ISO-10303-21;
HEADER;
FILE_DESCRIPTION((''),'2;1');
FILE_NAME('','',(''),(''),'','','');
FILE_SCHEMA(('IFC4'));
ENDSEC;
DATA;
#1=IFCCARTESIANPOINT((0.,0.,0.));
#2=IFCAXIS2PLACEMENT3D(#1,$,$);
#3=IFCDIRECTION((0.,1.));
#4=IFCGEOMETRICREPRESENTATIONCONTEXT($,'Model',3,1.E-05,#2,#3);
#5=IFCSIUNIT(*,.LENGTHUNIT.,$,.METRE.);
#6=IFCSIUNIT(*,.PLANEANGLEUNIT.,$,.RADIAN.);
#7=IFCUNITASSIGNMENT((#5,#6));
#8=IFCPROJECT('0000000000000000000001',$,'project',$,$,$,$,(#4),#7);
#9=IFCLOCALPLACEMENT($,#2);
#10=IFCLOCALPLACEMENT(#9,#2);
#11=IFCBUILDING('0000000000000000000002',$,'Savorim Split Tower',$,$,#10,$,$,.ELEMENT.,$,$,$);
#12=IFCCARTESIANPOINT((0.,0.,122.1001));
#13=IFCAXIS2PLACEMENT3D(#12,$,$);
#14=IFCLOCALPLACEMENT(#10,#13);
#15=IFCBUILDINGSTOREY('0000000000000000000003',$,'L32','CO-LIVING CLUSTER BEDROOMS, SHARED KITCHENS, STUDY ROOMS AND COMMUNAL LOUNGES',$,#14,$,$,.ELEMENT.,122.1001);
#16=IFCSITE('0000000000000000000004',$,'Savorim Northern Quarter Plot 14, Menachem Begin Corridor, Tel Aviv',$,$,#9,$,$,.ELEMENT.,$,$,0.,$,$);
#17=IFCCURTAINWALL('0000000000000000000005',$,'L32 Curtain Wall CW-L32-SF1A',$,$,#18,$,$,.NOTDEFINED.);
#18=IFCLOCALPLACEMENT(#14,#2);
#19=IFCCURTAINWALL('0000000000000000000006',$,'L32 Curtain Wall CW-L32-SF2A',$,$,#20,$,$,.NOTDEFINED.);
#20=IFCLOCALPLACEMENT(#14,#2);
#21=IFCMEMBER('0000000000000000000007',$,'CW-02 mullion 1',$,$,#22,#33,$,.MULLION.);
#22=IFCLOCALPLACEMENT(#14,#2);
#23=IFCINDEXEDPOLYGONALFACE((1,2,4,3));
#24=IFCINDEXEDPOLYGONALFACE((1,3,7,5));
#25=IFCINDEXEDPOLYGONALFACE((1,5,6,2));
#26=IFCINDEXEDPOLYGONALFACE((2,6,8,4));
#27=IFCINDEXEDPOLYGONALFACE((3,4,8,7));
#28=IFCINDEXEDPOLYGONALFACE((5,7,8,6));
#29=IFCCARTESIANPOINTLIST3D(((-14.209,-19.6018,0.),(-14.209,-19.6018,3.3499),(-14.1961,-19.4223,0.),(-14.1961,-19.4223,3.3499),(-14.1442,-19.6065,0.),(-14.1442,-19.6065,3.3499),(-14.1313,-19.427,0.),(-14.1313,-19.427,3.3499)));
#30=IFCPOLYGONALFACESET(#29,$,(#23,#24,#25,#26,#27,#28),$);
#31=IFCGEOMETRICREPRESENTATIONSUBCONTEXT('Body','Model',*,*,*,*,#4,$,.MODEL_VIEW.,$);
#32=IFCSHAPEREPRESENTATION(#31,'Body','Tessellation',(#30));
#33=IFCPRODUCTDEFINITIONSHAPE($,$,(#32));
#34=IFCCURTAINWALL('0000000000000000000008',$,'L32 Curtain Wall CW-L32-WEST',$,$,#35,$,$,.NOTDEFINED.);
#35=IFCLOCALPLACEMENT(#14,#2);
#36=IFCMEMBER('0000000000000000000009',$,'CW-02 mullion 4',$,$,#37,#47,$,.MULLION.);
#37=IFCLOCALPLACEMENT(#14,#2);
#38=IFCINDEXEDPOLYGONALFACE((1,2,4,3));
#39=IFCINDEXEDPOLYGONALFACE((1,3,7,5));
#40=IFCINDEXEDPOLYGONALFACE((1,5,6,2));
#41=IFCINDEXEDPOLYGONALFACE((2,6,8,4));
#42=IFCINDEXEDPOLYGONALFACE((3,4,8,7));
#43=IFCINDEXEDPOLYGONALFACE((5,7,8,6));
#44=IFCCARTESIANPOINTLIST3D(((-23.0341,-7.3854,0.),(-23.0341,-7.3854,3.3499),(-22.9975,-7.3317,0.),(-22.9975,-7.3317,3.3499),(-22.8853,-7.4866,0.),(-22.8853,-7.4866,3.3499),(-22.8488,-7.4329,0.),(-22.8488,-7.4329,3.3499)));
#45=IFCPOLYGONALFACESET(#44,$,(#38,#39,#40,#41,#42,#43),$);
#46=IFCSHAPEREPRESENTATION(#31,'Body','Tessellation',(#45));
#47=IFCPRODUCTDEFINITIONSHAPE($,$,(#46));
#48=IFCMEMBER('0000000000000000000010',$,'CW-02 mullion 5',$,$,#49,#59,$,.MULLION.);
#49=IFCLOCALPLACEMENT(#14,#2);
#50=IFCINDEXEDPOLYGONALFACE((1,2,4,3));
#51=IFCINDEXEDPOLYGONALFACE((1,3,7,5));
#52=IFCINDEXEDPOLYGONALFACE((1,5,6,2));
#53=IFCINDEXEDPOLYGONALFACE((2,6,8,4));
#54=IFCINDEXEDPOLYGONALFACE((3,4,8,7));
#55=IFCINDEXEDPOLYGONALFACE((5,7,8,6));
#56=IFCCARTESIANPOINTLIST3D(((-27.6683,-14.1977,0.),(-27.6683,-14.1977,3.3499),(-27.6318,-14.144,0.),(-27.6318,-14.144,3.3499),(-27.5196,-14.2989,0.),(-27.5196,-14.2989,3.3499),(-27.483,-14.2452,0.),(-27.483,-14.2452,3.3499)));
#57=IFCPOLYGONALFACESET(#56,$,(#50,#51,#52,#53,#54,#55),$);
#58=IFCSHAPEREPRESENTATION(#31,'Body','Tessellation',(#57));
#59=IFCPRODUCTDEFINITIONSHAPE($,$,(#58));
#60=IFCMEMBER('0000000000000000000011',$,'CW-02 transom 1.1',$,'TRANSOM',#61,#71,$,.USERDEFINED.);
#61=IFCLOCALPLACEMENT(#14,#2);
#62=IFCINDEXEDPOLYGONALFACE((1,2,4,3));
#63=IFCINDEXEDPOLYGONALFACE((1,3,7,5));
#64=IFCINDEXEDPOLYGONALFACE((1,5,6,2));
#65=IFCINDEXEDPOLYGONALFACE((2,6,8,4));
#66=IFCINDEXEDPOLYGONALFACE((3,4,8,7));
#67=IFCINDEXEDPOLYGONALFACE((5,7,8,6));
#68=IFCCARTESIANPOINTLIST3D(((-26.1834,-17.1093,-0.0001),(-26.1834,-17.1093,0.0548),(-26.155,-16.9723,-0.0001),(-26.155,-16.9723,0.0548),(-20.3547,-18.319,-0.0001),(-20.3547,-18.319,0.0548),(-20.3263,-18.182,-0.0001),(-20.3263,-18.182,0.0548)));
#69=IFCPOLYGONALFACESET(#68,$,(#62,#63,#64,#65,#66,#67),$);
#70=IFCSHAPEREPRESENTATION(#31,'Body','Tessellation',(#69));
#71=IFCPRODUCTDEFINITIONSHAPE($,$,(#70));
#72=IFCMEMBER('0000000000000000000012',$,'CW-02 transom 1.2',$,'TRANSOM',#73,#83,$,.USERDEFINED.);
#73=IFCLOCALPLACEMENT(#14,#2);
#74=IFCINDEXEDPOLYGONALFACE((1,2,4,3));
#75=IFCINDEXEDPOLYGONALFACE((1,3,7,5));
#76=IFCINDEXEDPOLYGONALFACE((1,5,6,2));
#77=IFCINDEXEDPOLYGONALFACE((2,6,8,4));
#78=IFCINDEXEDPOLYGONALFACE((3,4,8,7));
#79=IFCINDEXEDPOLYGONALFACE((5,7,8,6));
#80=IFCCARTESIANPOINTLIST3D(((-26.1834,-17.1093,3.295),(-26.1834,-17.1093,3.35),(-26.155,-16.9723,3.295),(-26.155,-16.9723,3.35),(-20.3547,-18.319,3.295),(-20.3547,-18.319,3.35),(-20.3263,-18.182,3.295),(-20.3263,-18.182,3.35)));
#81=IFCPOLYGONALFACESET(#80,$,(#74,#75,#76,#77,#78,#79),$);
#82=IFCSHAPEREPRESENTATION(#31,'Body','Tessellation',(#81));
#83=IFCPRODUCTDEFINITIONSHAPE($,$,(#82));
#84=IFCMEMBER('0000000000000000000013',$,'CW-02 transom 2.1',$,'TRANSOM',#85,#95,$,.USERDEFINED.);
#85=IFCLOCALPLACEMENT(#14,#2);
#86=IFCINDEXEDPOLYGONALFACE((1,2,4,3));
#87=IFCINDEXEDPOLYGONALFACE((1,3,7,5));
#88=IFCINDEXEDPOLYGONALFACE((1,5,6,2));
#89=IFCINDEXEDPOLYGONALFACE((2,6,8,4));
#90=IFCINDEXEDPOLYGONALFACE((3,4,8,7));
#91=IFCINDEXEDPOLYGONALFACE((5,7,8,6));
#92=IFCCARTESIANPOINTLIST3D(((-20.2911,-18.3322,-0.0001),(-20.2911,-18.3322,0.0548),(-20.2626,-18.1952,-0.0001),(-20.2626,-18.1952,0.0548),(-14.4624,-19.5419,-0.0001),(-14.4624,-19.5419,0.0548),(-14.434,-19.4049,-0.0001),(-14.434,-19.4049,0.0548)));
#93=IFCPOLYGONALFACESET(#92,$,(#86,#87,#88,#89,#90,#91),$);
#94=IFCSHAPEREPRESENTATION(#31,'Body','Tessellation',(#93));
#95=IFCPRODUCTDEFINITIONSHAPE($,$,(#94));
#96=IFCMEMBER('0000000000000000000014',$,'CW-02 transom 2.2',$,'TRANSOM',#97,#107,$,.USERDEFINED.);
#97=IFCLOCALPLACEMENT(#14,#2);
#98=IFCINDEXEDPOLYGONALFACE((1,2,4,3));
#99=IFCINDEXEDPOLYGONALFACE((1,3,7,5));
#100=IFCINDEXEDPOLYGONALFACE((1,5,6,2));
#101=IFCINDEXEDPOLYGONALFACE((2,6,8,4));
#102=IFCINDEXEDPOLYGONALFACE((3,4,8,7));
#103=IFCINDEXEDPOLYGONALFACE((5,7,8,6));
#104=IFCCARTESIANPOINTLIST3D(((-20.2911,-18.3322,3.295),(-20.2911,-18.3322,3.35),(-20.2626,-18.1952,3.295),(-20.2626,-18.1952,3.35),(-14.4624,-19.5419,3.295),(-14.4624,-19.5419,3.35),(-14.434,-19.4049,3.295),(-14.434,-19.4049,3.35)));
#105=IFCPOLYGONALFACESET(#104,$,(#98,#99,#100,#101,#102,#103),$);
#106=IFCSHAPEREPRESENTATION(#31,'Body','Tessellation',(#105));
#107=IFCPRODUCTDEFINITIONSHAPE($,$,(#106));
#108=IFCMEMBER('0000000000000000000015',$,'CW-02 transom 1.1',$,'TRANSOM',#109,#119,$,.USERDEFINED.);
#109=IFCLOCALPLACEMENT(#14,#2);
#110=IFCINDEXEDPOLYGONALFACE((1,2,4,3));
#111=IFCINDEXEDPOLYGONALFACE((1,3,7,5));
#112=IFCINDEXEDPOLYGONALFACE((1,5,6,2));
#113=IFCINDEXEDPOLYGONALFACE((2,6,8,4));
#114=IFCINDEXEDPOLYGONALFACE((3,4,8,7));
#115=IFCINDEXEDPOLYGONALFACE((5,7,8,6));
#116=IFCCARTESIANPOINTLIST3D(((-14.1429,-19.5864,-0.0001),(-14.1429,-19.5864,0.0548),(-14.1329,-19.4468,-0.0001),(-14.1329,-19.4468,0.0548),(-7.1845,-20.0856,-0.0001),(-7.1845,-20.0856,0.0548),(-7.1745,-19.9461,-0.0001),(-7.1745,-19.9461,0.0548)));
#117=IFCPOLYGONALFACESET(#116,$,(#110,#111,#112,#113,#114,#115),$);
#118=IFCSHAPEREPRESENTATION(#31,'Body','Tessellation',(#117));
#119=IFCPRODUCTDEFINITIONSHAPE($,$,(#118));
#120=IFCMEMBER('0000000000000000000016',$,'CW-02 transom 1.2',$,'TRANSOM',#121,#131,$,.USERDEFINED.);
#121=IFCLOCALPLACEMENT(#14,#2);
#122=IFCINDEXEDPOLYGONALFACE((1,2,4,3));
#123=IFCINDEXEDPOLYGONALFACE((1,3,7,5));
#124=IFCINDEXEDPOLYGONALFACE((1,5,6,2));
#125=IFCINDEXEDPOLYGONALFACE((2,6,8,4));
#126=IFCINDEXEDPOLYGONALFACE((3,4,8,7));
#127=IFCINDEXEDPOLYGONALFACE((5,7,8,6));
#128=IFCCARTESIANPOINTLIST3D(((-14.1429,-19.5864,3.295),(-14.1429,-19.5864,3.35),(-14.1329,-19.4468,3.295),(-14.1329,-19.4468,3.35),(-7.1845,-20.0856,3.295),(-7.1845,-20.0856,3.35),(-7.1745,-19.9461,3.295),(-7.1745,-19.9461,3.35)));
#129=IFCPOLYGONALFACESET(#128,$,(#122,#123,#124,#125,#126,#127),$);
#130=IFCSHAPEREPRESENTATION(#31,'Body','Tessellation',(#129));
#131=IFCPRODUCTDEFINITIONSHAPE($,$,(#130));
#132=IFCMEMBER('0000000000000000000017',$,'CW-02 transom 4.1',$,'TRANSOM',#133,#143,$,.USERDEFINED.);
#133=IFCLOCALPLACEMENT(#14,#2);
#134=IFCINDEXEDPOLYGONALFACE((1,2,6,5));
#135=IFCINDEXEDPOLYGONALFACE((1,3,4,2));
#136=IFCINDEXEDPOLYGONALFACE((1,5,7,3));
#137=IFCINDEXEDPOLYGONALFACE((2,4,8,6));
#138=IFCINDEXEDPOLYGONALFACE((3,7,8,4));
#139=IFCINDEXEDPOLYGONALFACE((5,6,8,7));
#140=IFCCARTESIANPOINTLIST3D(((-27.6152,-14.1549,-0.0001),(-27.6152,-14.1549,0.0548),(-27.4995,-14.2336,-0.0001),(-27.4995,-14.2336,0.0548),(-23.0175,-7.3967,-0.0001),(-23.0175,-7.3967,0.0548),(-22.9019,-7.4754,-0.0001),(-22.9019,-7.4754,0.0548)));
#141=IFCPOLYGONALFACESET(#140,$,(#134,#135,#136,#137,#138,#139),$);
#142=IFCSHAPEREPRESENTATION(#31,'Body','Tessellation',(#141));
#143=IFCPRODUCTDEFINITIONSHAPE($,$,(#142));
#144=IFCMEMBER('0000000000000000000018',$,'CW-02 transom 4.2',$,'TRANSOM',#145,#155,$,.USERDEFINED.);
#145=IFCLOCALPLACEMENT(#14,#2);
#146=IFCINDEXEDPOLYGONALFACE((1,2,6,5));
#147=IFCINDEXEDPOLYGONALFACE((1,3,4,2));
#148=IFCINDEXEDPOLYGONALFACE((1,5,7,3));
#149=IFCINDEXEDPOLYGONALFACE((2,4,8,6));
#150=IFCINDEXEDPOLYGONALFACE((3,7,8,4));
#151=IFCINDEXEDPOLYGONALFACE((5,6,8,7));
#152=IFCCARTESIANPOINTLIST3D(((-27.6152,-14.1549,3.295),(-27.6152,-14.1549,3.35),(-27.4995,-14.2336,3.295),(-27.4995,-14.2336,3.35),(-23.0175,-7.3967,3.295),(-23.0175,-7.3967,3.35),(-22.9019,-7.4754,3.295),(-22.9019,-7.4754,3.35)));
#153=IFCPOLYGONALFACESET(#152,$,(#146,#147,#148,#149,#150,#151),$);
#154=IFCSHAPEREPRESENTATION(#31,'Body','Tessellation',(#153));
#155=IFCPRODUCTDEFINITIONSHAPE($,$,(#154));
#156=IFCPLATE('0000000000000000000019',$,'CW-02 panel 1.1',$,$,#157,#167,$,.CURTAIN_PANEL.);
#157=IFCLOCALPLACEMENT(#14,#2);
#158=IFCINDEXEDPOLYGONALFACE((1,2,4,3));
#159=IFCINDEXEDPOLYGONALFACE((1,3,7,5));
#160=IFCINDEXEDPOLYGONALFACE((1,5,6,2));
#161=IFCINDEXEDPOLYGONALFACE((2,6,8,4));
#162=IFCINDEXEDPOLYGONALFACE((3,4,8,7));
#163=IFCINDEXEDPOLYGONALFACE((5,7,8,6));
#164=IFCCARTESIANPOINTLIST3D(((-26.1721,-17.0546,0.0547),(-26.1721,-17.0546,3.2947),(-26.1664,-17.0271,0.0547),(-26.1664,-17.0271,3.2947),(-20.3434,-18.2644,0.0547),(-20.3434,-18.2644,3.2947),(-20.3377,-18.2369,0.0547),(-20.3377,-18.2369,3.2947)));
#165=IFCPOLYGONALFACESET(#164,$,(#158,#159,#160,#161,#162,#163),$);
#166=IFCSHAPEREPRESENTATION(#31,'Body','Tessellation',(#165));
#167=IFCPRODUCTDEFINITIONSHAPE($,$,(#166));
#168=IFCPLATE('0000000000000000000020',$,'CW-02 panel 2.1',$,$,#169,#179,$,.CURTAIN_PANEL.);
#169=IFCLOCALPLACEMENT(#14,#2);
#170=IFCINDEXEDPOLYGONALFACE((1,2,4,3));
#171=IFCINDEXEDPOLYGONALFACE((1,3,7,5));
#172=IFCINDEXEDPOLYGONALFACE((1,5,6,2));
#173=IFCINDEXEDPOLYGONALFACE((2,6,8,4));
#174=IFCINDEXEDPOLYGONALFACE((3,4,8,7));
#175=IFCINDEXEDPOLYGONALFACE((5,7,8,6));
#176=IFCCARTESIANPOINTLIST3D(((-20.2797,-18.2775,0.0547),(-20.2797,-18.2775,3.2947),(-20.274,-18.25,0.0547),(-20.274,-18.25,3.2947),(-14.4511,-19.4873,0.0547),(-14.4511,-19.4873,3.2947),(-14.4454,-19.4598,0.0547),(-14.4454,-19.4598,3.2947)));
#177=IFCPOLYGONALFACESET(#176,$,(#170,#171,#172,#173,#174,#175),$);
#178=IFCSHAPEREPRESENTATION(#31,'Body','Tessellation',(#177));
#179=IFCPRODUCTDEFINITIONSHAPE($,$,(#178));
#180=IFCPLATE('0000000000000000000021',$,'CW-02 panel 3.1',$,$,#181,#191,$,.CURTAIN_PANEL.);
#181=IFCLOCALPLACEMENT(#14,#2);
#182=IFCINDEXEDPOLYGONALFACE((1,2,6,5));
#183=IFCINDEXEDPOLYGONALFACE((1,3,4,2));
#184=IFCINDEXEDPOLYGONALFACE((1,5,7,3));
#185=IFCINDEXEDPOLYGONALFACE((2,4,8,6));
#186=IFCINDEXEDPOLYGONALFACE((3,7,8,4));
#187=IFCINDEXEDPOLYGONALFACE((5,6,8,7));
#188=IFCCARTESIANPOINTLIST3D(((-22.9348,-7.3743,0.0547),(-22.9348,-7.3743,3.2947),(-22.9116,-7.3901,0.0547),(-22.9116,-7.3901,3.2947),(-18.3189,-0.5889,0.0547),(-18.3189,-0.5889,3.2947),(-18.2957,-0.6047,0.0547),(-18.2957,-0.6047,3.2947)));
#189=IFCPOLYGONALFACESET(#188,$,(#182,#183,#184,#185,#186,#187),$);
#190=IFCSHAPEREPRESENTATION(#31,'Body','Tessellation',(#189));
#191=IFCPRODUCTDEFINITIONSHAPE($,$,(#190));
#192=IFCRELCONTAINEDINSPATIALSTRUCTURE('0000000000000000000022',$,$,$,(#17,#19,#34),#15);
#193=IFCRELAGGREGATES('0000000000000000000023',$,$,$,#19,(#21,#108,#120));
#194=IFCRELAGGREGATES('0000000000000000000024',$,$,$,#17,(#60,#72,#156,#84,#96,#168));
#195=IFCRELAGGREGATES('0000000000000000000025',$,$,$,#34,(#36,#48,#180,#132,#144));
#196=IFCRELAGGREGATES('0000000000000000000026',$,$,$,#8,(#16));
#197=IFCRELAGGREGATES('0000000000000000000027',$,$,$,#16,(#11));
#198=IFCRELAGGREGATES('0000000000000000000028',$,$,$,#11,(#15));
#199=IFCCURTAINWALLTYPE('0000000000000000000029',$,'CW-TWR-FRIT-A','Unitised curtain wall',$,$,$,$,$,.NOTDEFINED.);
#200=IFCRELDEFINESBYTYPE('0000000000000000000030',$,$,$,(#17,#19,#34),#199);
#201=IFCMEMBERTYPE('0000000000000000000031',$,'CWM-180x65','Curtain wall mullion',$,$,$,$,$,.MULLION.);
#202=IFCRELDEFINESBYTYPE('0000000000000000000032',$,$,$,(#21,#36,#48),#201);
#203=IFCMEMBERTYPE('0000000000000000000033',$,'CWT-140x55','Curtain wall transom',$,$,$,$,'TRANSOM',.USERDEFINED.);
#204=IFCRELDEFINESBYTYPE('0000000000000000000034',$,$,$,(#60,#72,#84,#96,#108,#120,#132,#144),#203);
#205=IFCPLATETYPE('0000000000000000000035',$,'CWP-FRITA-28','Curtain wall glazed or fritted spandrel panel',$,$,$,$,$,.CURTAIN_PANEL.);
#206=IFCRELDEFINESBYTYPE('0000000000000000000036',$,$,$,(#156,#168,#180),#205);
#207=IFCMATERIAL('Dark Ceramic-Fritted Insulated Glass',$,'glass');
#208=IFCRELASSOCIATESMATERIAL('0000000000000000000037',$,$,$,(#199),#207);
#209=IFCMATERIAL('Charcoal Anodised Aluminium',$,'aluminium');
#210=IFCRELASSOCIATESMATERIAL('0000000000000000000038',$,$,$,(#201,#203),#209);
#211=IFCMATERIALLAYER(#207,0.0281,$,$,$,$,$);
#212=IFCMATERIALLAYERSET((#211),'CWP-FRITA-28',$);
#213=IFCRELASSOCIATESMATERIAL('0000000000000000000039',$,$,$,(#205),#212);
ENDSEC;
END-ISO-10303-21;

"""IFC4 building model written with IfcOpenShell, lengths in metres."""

from ifc_helpers import new_model, si_unit, direction, frame, origin, origin_2d, place, context, subcontext, project, spatial, rectangle, extrude, material, layer, layer_set, material_profile, profile_set, type_object, element, aggregate, save


model = new_model("IFC4")

# Units and contexts
model_context = context("Model", 3, precision=1e-05, world=origin(), true_north=direction((0.0, 1.0)))
body_context = subcontext(model_context, "Body", "Model", "MODEL_VIEW")
ifc_project = project(units=[si_unit("LENGTHUNIT", "METRE"), si_unit("PLANEANGLEUNIT", "RADIAN")], contexts=[model_context])

# Site, building, storey
site_placement = place(None, origin())
site = spatial("IfcSite", under=ifc_project, at=site_placement, Name="Savorim Northern Quarter Plot 14, Menachem Begin Corridor, Tel Aviv", CompositionType="ELEMENT", RefElevation=0.0)
building_placement = place(site_placement, origin())
building = spatial("IfcBuilding", under=site, at=building_placement, Name="Savorim Split Tower", CompositionType="ELEMENT")
storey_placement = place(building_placement, frame((0.0, 0.0, 122.1001)))
storey = spatial("IfcBuildingStorey", under=building, at=storey_placement, Name="L32", Description="CO-LIVING CLUSTER BEDROOMS, SHARED KITCHENS, STUDY ROOMS AND COMMUNAL LOUNGES", CompositionType="ELEMENT", Elevation=122.1001)

# Curtain wall
ifc_material_1 = material(Name="Dark Ceramic-Fritted Insulated Glass", Category="glass")
curtain_wall_type = type_object("IfcCurtainWallType", Name="CW-TWR-FRIT-A", Description="Unitised curtain wall", PredefinedType="NOTDEFINED", material=ifc_material_1)
curtain_wall_1_placement = place(storey_placement, origin())
curtain_wall_1 = element("IfcCurtainWall", 1, at=curtain_wall_1_placement, inside=storey, type_object=curtain_wall_type, Name="L32 Curtain Wall CW-L32-SF1A", PredefinedType="NOTDEFINED")
ifc_material_2 = material(Name="Charcoal Anodised Aluminium", Category="aluminium")
ifc_material_profile_1 = material_profile(ifc_material_2, rectangle(XDim=0.1799, YDim=0.0649, at=origin_2d()), Name="ALU-M 180x65")
ifc_profile_set_1 = profile_set([ifc_material_profile_1], Name="Charcoal Anodised Aluminium")
member_type_1 = type_object("IfcMemberType", Name="CWM-180x65", Description="Curtain wall mullion", PredefinedType="MULLION", material=ifc_profile_set_1)

# Curtain wall, member
curtain_wall_2_placement = place(storey_placement, origin())
curtain_wall_2 = element("IfcCurtainWall", 2, at=curtain_wall_2_placement, inside=storey, type_object=curtain_wall_type, Name="L32 Curtain Wall CW-L32-SF2A", PredefinedType="NOTDEFINED")
member_1_placement = place(storey_placement, frame((-14.1702, -19.5144, 0.0), z_axis=(0.0, 0.0, 1.0), x_axis=(0.071559, 0.997436, 0.0)))
member_1 = element("IfcMember", 3, at=member_1_placement, type_object=member_type_1, Name="CW-02 mullion 1", PredefinedType="MULLION", context=body_context, shape_type="SweptSolid", body=[
    extrude(rectangle(XDim=0.1799, YDim=0.0649, at=origin_2d()), origin(), (0.0, 0.0, 1.0), 3.3499),
])

# Curtain wall, members
curtain_wall_3_placement = place(storey_placement, origin())
curtain_wall_3 = element("IfcCurtainWall", 4, at=curtain_wall_3_placement, inside=storey, type_object=curtain_wall_type, Name="L32 Curtain Wall CW-L32-WEST", PredefinedType="NOTDEFINED")
member_2_placement = place(storey_placement, frame((-22.9414, -7.4092, 0.0), z_axis=(0.0, 0.0, 1.0), x_axis=(0.82682, -0.562467, 0.0)))
member_2 = element("IfcMember", 5, at=member_2_placement, type_object=member_type_1, Name="CW-02 mullion 4", PredefinedType="MULLION", context=body_context, shape_type="SweptSolid", body=[
    extrude(rectangle(XDim=0.1799, YDim=0.0649, at=origin_2d()), origin(), (0.0, 0.0, 1.0), 3.3499),
])
member_3_placement = place(storey_placement, frame((-27.5757, -14.2214, 0.0), z_axis=(0.0, 0.0, 1.0), x_axis=(0.82682, -0.562467, 0.0)))
member_3 = element("IfcMember", 6, at=member_3_placement, type_object=member_type_1, Name="CW-02 mullion 5", PredefinedType="MULLION", context=body_context, shape_type="SweptSolid", body=[
    extrude(rectangle(XDim=0.1799, YDim=0.0649, at=origin_2d()), origin(), (0.0, 0.0, 1.0), 3.3499),
])

# Members
ifc_material_profile_2 = material_profile(ifc_material_2, rectangle(XDim=0.1399, YDim=0.0549, at=origin_2d()), Name="ALU-T 140x55")
ifc_profile_set_2 = profile_set([ifc_material_profile_2], Name="Charcoal Anodised Aluminium")
member_type_2 = type_object("IfcMemberType", Name="CWT-140x55", Description="Curtain wall transom", ElementType="TRANSOM", PredefinedType="USERDEFINED", material=ifc_profile_set_2)
member_4_placement = place(storey_placement, frame((-26.1692, -17.0408, 0.0273), z_axis=(0.979134, -0.203217, 0.0), x_axis=(0.203217, 0.979134, 0.0)))
member_4 = element("IfcMember", 7, at=member_4_placement, type_object=member_type_2, Name="CW-02 transom 1.1", ObjectType="TRANSOM", PredefinedType="USERDEFINED", context=body_context, shape_type="SweptSolid", body=[
    extrude(rectangle(XDim=0.1399, YDim=0.0549, at=origin_2d()), origin(), (0.0, 0.0, 1.0), 5.9529),
])
member_5_placement = place(storey_placement, frame((-26.1692, -17.0408, 3.3225), z_axis=(0.979134, -0.203217, 0.0), x_axis=(0.203217, 0.979134, 0.0)))
member_5 = element("IfcMember", 8, at=member_5_placement, type_object=member_type_2, Name="CW-02 transom 1.2", ObjectType="TRANSOM", PredefinedType="USERDEFINED", context=body_context, shape_type="SweptSolid", body=[
    extrude(rectangle(XDim=0.1399, YDim=0.0549, at=origin_2d()), origin(), (0.0, 0.0, 1.0), 5.9529),
])
member_6_placement = place(storey_placement, frame((-20.2769, -18.2637, 0.0273), z_axis=(0.979134, -0.203217, 0.0), x_axis=(0.203217, 0.979134, 0.0)))
member_6 = element("IfcMember", 9, at=member_6_placement, type_object=member_type_2, Name="CW-02 transom 2.1", ObjectType="TRANSOM", PredefinedType="USERDEFINED", context=body_context, shape_type="SweptSolid", body=[
    extrude(rectangle(XDim=0.1399, YDim=0.0549, at=origin_2d()), origin(), (0.0, 0.0, 1.0), 5.9529),
])
member_7_placement = place(storey_placement, frame((-20.2769, -18.2637, 3.3225), z_axis=(0.979134, -0.203217, 0.0), x_axis=(0.203217, 0.979134, 0.0)))
member_7 = element("IfcMember", 10, at=member_7_placement, type_object=member_type_2, Name="CW-02 transom 2.2", ObjectType="TRANSOM", PredefinedType="USERDEFINED", context=body_context, shape_type="SweptSolid", body=[
    extrude(rectangle(XDim=0.1399, YDim=0.0549, at=origin_2d()), origin(), (0.0, 0.0, 1.0), 5.9529),
])
member_8_placement = place(storey_placement, frame((-14.1379, -19.5166, 0.0273), z_axis=(0.997436, -0.071565, 0.0), x_axis=(0.071565, 0.997436, 0.0)))
member_8 = element("IfcMember", 11, at=member_8_placement, type_object=member_type_2, Name="CW-02 transom 1.1", ObjectType="TRANSOM", PredefinedType="USERDEFINED", context=body_context, shape_type="SweptSolid", body=[
    extrude(rectangle(XDim=0.1399, YDim=0.0549, at=origin_2d()), origin(), (0.0, 0.0, 1.0), 6.9763),
])
member_9_placement = place(storey_placement, frame((-14.1379, -19.5166, 3.3225), z_axis=(0.997436, -0.071565, 0.0), x_axis=(0.071565, 0.997436, 0.0)))
member_9 = element("IfcMember", 12, at=member_9_placement, type_object=member_type_2, Name="CW-02 transom 1.2", ObjectType="TRANSOM", PredefinedType="USERDEFINED", context=body_context, shape_type="SweptSolid", body=[
    extrude(rectangle(XDim=0.1399, YDim=0.0549, at=origin_2d()), origin(), (0.0, 0.0, 1.0), 6.9763),
])
aggregate(curtain_wall_2, [member_1, member_8, member_9])
member_10_placement = place(storey_placement, frame((-22.9597, -7.436, 0.0273), z_axis=(-0.562478, -0.826812, 0.0), x_axis=(0.826812, -0.562478, 0.0)))
member_10 = element("IfcMember", 13, at=member_10_placement, type_object=member_type_2, Name="CW-02 transom 4.1", ObjectType="TRANSOM", PredefinedType="USERDEFINED", context=body_context, shape_type="SweptSolid", body=[
    extrude(rectangle(XDim=0.1399, YDim=0.0549, at=origin_2d()), origin(), (0.0, 0.0, 1.0), 8.1738),
])
member_11_placement = place(storey_placement, frame((-22.9597, -7.436, 3.3225), z_axis=(-0.562478, -0.826812, 0.0), x_axis=(0.826812, -0.562478, 0.0)))
member_11 = element("IfcMember", 14, at=member_11_placement, type_object=member_type_2, Name="CW-02 transom 4.2", ObjectType="TRANSOM", PredefinedType="USERDEFINED", context=body_context, shape_type="SweptSolid", body=[
    extrude(rectangle(XDim=0.1399, YDim=0.0549, at=origin_2d()), origin(), (0.0, 0.0, 1.0), 8.1738),
])

# Plates
ifc_layer_1 = layer(ifc_material_1, 0.0281)
ifc_layer_set_1 = layer_set([ifc_layer_1], Name="CWP-FRITA-28")
plate_type = type_object("IfcPlateType", Name="CWP-FRITA-28", Description="Curtain wall glazed or fritted spandrel panel", PredefinedType="CURTAIN_PANEL", material=ifc_layer_set_1)
plate_1_placement = place(storey_placement, frame((-23.2549, -17.6458, 0.0547), z_axis=(0.0, 0.0, 1.0), x_axis=(0.979134, -0.203216, 0.0)))
plate_1 = element("IfcPlate", 15, at=plate_1_placement, type_object=plate_type, Name="CW-02 panel 1.1", PredefinedType="CURTAIN_PANEL", context=body_context, shape_type="SweptSolid", body=[
    extrude(rectangle(XDim=5.9529, YDim=0.0281, at=origin_2d()), origin(), (0.0, 0.0, 1.0), 3.24),
])
plate_2_placement = place(storey_placement, frame((-17.3625, -18.8687, 0.0547), z_axis=(0.0, 0.0, 1.0), x_axis=(0.979134, -0.203216, 0.0)))
plate_2 = element("IfcPlate", 16, at=plate_2_placement, type_object=plate_type, Name="CW-02 panel 2.1", PredefinedType="CURTAIN_PANEL", context=body_context, shape_type="SweptSolid", body=[
    extrude(rectangle(XDim=5.9529, YDim=0.0281, at=origin_2d()), origin(), (0.0, 0.0, 1.0), 3.24),
])
aggregate(curtain_wall_1, [member_4, member_5, plate_1, member_6, member_7, plate_2])
plate_3_placement = place(storey_placement, frame((-20.6152, -3.9895, 0.0547), z_axis=(0.0, 0.0, 1.0), x_axis=(-0.562467, -0.82682, 0.0)))
plate_3 = element("IfcPlate", 17, at=plate_3_placement, type_object=plate_type, Name="CW-02 panel 3.1", PredefinedType="CURTAIN_PANEL", context=body_context, shape_type="SweptSolid", body=[
    extrude(rectangle(XDim=8.2065, YDim=0.0281, at=origin_2d()), origin(), (0.0, 0.0, 1.0), 3.24),
])
aggregate(curtain_wall_3, [member_2, member_3, plate_3, member_10, member_11])

save(model, "model.ifc")
